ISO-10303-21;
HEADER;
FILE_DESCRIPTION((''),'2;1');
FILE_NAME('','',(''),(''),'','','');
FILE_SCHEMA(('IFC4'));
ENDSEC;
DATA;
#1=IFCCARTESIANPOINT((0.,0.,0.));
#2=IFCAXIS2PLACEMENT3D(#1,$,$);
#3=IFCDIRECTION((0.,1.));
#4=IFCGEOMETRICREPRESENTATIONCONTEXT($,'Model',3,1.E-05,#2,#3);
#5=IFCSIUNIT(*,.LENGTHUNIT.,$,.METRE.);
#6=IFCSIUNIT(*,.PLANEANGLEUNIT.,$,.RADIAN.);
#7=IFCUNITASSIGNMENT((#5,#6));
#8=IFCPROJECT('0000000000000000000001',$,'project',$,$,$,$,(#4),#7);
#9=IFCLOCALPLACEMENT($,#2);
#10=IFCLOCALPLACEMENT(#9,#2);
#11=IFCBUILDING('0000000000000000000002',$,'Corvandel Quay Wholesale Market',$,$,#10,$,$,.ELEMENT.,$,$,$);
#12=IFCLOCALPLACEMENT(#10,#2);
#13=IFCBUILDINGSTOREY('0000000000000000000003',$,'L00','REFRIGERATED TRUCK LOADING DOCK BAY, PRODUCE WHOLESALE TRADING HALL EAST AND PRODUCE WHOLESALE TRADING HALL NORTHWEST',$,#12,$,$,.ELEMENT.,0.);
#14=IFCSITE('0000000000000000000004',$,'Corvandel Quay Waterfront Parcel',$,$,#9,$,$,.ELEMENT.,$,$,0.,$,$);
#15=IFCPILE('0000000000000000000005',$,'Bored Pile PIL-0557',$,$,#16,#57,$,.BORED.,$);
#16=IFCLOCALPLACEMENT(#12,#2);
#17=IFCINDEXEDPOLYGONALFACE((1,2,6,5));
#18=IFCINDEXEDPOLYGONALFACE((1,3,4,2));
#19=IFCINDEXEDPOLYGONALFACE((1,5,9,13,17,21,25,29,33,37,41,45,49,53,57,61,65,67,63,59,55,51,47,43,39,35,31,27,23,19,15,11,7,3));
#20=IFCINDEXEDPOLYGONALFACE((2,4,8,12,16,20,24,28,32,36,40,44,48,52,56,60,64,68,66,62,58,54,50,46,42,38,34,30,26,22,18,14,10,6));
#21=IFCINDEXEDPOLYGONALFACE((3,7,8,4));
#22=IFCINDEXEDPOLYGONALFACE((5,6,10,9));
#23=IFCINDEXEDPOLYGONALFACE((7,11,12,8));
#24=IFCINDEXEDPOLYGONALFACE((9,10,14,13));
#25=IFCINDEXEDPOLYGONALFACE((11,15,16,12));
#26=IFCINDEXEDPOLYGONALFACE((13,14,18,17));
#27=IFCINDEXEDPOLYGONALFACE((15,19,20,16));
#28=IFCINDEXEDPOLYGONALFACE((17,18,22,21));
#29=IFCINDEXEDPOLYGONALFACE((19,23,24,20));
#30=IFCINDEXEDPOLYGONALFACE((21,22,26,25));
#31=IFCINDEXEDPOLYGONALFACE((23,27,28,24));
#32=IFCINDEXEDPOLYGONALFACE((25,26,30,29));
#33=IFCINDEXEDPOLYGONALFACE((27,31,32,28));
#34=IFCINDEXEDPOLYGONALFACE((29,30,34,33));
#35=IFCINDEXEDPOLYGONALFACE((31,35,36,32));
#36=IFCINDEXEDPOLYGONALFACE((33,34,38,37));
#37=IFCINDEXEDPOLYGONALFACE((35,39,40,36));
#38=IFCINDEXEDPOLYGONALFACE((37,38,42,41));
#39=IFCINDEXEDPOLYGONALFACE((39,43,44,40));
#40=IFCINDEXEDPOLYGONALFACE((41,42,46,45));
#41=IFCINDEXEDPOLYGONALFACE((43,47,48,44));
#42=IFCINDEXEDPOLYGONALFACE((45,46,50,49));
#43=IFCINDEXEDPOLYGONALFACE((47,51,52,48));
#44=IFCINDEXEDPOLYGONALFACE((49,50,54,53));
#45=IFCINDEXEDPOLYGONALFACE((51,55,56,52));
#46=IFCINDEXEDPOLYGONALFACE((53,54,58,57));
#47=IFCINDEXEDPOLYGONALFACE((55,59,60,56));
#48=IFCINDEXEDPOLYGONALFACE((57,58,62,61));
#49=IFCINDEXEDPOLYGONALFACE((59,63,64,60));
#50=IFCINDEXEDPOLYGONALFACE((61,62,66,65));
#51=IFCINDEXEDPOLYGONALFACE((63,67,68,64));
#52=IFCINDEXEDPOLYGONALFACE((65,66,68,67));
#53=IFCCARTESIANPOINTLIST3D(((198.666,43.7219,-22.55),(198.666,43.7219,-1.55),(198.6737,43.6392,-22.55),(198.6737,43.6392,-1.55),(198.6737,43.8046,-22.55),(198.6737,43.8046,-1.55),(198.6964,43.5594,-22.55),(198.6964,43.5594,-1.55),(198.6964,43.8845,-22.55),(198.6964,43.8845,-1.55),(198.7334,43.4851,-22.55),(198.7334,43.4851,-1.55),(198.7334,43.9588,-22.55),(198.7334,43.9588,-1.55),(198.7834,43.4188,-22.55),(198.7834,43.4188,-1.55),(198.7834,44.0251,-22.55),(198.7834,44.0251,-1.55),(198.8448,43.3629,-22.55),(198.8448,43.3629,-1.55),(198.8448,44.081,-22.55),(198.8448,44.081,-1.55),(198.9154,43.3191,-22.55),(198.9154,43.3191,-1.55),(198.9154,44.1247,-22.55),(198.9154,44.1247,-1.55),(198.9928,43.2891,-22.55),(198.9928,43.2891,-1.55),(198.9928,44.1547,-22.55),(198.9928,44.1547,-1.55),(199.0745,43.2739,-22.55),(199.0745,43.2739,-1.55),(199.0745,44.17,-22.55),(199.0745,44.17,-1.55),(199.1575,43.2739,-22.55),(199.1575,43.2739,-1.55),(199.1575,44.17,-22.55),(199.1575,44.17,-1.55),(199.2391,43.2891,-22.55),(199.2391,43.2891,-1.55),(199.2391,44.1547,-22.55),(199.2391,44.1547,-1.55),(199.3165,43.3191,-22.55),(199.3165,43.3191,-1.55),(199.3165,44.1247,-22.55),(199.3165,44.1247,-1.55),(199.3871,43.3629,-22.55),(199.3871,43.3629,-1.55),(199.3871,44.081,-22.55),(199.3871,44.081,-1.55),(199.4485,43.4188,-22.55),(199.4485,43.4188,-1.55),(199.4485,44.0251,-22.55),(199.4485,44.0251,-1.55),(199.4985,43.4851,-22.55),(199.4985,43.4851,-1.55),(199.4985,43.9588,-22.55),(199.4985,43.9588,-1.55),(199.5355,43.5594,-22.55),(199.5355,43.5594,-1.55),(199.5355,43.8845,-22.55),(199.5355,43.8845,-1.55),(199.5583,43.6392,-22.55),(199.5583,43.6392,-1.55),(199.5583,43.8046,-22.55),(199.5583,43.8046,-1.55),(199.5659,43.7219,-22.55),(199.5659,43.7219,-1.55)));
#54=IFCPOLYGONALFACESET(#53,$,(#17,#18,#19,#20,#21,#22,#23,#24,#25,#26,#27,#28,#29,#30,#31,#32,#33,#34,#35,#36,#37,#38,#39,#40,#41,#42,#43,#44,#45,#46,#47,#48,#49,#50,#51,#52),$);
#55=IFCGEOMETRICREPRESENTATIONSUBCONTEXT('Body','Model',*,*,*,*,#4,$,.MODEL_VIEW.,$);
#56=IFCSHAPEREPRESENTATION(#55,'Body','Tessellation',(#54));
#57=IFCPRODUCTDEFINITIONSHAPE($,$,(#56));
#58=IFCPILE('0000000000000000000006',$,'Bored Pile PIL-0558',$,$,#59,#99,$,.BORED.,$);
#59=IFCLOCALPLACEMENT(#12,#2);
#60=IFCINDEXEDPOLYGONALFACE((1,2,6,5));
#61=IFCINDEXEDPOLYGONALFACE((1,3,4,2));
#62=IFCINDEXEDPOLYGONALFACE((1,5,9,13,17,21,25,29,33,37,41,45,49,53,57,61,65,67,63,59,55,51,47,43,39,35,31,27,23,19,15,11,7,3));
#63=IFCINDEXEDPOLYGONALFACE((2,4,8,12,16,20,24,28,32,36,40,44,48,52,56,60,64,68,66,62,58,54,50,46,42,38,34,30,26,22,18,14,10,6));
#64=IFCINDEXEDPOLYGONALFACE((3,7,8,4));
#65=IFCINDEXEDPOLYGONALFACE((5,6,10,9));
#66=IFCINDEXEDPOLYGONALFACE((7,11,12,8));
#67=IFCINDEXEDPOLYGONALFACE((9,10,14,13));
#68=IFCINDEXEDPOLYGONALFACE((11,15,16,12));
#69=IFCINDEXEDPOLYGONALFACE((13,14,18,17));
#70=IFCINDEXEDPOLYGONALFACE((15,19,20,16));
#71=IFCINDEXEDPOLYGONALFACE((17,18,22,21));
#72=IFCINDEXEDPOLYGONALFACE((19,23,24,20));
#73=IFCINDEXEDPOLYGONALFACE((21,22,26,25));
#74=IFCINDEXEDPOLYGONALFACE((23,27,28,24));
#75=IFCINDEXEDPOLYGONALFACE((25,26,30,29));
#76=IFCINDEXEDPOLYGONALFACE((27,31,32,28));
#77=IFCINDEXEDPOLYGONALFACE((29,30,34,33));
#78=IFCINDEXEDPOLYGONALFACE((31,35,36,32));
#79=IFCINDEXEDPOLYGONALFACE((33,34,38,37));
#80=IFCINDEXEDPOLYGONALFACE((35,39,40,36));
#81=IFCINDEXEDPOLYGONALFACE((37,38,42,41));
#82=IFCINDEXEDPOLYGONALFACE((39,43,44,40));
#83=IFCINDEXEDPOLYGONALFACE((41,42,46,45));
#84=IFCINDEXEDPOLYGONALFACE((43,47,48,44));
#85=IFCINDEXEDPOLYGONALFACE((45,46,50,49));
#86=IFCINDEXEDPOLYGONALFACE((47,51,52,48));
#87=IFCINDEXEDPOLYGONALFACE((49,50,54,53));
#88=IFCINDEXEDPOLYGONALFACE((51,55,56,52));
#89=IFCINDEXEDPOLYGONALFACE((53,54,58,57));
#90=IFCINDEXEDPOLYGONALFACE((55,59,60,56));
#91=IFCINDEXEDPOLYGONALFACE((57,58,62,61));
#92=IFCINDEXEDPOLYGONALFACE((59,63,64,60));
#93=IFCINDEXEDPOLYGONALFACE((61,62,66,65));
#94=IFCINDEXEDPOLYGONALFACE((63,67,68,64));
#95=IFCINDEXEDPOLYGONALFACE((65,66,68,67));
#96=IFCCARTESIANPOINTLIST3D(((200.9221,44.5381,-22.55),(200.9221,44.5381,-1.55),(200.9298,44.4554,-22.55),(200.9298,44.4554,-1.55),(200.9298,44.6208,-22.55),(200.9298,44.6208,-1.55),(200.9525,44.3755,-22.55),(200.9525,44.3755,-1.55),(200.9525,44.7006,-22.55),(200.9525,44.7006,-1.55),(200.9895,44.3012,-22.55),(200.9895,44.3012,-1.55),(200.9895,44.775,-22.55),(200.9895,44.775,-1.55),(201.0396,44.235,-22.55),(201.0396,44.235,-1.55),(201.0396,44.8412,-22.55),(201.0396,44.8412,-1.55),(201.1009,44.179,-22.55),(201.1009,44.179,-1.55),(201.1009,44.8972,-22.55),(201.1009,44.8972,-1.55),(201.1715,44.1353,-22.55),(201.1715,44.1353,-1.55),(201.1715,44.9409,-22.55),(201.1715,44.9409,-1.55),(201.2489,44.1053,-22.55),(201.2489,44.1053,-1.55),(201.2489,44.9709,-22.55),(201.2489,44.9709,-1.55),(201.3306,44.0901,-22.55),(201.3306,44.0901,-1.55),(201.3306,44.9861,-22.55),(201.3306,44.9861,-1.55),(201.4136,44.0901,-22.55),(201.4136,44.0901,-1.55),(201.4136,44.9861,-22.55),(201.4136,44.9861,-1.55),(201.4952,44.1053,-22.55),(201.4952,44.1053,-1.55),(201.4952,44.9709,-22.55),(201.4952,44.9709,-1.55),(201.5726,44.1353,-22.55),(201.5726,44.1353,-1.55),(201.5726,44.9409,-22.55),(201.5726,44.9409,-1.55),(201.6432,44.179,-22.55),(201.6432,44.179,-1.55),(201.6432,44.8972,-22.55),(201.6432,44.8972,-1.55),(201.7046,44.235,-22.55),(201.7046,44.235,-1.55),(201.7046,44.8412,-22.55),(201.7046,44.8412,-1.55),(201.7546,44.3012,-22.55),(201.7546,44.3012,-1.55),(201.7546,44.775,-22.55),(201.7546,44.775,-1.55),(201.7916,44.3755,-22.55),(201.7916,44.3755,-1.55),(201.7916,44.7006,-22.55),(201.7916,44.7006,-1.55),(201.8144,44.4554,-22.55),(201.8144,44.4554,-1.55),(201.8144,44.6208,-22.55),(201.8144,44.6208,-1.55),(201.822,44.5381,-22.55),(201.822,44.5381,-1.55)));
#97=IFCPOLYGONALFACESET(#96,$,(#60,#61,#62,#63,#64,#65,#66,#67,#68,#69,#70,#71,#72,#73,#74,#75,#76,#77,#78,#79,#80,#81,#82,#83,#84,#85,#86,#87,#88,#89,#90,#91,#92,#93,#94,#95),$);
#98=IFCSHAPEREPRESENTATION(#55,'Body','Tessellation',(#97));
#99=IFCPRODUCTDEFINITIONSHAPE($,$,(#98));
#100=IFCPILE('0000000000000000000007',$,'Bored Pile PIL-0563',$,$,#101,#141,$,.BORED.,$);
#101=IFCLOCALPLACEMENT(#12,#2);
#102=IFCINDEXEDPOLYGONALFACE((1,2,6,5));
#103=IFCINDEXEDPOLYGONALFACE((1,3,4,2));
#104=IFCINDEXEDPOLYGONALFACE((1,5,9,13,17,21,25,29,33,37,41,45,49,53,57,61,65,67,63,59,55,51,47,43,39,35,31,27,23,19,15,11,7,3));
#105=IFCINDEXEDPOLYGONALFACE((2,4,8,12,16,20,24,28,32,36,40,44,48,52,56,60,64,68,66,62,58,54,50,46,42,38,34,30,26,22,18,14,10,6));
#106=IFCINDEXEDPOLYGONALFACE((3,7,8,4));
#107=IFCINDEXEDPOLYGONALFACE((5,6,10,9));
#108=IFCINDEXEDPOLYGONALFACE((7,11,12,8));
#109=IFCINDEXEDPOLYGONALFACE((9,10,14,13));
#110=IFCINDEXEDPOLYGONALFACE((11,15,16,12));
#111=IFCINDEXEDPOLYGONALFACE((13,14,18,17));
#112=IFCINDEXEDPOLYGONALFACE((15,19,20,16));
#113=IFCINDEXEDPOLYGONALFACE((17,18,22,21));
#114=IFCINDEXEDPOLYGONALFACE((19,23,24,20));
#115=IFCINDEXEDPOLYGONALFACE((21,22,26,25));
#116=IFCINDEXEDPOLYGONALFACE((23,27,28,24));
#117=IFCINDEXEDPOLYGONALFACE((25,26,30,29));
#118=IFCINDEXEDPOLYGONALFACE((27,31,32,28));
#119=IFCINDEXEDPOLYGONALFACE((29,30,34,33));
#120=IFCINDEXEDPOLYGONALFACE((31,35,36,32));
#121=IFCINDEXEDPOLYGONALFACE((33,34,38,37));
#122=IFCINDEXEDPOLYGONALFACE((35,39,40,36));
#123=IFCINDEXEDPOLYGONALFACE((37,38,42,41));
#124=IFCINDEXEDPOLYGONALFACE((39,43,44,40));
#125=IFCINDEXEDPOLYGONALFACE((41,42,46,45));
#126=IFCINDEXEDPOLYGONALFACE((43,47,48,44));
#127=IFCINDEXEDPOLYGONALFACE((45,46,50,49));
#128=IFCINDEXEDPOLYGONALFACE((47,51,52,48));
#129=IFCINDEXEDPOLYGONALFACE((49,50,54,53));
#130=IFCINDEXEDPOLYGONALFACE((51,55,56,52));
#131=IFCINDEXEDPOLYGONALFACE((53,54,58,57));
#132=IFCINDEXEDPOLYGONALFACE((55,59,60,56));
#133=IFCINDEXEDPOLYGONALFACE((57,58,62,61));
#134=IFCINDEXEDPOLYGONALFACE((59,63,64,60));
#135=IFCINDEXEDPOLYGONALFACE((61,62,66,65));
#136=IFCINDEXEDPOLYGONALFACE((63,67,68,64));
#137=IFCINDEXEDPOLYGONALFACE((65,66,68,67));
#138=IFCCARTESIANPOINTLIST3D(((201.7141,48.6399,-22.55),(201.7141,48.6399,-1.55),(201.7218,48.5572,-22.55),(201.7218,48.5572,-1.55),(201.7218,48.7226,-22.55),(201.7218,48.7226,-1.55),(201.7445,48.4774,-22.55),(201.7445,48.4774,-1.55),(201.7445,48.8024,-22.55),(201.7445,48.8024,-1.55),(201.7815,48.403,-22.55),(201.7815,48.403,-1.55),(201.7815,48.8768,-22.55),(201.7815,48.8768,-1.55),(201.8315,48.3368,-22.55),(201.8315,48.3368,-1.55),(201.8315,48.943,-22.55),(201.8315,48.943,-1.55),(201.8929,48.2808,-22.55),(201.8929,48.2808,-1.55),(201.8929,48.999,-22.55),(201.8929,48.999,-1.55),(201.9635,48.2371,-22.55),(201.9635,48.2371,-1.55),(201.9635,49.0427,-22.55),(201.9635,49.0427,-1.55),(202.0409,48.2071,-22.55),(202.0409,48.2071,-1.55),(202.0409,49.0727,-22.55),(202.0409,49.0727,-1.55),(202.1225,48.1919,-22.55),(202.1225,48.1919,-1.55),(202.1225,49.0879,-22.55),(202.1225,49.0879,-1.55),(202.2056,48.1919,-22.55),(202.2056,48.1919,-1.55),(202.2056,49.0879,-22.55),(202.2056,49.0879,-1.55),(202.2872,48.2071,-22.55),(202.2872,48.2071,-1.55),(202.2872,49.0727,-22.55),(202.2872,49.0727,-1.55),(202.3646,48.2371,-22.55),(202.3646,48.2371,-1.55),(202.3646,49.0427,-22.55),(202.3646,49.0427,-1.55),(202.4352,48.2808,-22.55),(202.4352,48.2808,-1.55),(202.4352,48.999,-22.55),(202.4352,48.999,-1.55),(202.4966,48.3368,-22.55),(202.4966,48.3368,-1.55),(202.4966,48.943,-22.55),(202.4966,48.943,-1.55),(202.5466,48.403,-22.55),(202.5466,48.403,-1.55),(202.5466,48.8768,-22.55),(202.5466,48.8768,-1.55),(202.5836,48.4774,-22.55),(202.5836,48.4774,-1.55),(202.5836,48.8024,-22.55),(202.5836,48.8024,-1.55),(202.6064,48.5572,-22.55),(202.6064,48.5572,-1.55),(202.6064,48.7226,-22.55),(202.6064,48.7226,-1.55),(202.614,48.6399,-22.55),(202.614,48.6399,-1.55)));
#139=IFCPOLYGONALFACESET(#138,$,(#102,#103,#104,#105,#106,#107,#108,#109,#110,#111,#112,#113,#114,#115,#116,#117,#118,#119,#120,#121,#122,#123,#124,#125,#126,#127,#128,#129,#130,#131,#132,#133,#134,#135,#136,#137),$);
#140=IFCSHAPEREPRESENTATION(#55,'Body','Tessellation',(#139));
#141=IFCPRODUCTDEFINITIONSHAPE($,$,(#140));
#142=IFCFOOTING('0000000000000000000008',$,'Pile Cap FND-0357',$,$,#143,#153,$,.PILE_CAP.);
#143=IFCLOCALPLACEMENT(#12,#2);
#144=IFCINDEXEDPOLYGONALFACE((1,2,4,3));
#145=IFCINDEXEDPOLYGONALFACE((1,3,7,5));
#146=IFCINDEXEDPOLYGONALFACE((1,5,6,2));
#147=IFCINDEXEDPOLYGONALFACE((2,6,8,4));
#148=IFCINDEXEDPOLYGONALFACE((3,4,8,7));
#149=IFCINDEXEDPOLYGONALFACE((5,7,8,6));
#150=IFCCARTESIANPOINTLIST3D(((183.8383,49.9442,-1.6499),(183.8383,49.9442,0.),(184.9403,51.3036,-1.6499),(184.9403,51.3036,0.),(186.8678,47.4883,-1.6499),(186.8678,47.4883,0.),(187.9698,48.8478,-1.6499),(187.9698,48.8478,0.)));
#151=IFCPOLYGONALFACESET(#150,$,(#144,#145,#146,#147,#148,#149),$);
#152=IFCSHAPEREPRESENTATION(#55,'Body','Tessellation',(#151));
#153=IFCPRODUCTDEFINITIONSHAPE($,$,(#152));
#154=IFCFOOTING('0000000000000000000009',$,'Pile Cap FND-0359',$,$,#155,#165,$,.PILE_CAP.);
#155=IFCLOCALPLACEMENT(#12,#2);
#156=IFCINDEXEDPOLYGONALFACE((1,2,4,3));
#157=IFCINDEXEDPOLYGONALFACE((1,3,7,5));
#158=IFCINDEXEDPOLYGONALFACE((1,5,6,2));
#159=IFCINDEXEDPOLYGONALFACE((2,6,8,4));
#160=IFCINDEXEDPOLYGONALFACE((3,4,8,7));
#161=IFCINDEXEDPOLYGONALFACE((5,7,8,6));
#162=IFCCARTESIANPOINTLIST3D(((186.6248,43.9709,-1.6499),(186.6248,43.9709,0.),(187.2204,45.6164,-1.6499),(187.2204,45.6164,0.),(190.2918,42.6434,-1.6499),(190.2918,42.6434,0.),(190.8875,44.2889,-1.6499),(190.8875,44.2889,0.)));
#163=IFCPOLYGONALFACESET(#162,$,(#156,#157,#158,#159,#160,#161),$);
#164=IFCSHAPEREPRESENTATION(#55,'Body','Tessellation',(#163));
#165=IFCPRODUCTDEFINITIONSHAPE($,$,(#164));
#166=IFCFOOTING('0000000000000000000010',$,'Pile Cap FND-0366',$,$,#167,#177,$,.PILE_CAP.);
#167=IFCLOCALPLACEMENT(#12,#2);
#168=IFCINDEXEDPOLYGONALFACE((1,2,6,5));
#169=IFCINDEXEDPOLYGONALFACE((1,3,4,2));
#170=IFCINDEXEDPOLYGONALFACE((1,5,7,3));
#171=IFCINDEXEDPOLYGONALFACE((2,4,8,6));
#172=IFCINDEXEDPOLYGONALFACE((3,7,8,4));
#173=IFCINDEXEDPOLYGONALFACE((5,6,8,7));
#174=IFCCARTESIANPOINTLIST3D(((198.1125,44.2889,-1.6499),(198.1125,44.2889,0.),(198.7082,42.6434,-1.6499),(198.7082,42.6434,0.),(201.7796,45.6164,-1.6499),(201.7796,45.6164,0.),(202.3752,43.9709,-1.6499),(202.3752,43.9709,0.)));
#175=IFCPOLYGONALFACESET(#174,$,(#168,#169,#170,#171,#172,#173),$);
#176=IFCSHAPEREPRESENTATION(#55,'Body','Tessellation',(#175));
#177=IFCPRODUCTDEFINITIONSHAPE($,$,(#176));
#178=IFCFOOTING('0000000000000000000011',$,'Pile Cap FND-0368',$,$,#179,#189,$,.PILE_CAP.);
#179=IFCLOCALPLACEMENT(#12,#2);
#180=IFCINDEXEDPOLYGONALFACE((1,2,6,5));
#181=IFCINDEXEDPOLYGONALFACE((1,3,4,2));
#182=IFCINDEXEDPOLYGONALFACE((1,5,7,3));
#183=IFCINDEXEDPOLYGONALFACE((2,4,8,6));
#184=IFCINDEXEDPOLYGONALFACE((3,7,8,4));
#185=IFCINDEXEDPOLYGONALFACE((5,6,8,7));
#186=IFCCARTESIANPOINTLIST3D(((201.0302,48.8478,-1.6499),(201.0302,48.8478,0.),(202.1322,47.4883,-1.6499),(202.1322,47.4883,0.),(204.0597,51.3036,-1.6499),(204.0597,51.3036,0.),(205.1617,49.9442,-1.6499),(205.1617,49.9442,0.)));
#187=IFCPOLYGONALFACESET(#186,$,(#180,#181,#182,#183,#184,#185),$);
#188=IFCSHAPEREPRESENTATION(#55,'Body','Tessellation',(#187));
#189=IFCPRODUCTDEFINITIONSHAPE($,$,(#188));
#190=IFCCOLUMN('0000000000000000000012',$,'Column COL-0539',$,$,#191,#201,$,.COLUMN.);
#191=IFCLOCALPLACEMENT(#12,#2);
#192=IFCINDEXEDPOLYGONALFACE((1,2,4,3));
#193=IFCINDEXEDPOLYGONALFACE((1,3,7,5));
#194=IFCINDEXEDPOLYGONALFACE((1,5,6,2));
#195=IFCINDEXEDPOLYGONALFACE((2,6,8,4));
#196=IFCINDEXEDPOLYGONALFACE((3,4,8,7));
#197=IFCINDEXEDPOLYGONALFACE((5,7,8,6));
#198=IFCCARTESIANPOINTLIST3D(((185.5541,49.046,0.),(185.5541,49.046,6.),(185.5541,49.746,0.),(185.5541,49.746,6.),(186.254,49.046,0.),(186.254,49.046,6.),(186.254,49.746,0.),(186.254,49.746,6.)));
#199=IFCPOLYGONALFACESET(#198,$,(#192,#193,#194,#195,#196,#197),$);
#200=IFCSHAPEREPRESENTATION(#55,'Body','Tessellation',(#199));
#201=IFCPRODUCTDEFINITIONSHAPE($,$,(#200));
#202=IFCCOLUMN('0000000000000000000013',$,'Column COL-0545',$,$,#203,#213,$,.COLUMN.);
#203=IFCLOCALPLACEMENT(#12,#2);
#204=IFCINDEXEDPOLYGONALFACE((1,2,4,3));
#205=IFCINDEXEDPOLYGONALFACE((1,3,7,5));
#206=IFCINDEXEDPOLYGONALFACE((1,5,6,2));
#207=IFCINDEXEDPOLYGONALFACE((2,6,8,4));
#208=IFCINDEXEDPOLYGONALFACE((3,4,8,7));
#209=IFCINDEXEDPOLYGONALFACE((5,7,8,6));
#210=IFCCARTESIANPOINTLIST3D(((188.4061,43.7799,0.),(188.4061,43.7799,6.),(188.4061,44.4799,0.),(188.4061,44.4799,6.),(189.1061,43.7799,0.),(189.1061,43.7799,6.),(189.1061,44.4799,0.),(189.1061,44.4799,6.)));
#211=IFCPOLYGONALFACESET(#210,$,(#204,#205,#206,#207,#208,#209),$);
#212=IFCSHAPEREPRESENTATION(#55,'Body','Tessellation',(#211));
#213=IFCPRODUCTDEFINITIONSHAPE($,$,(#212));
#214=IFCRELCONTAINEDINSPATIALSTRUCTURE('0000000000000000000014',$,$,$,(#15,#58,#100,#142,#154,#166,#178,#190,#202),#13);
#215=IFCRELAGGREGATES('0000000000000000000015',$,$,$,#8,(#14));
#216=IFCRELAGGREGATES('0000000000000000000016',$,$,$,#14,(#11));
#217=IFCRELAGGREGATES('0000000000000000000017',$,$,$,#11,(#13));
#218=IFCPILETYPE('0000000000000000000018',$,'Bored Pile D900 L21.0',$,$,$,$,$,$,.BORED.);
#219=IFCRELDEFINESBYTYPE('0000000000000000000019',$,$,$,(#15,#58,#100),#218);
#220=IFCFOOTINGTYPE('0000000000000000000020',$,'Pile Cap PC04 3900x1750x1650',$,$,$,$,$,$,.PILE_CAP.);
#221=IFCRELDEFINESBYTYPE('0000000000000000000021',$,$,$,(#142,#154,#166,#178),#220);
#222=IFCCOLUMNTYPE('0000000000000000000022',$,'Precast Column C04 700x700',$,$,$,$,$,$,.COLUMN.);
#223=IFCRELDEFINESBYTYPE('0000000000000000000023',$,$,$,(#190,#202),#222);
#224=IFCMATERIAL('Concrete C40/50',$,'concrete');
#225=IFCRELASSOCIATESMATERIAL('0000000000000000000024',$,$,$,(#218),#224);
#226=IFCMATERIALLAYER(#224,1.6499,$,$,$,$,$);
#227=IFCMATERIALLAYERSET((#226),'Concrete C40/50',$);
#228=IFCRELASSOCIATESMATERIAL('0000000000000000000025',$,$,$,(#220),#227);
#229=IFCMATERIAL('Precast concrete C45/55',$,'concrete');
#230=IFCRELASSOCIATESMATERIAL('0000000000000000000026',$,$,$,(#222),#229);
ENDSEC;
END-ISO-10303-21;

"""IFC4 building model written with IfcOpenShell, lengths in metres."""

from ifc_helpers import new_model, si_unit, direction, frame, origin, origin_2d, place, context, subcontext, project, spatial, rectangle, circle, extrude, material, layer, layer_set, material_profile, profile_set, type_object, element, save


model = new_model("IFC4")

# Units and contexts
model_context = context("Model", 3, precision=1e-05, world=origin(), true_north=direction((0.0, 1.0)))
body_context = subcontext(model_context, "Body", "Model", "MODEL_VIEW")
ifc_project = project(units=[si_unit("LENGTHUNIT", "METRE"), si_unit("PLANEANGLEUNIT", "RADIAN")], contexts=[model_context])

# Site, building, storey
site_placement = place(None, origin())
site = spatial("IfcSite", under=ifc_project, at=site_placement, Name="Corvandel Quay Waterfront Parcel", CompositionType="ELEMENT", RefElevation=0.0)
building_placement = place(site_placement, origin())
building = spatial("IfcBuilding", under=site, at=building_placement, Name="Corvandel Quay Wholesale Market", CompositionType="ELEMENT")
storey_placement = place(building_placement, origin())
storey = spatial("IfcBuildingStorey", under=building, at=storey_placement, Name="L00", Description="REFRIGERATED TRUCK LOADING DOCK BAY, PRODUCE WHOLESALE TRADING HALL EAST AND PRODUCE WHOLESALE TRADING HALL NORTHWEST", CompositionType="ELEMENT", Elevation=0.0)

# Piles
ifc_material_1 = material(Name="Concrete C40/50", Category="concrete")
ifc_material_profile_1 = material_profile(ifc_material_1, circle(Radius=0.45, at=origin_2d()), Name="RC-PILE-D900")
ifc_profile_set_1 = profile_set([ifc_material_profile_1], Name="Concrete C40/50")
pile_type = type_object("IfcPileType", Name="Bored Pile D900 L21.0", PredefinedType="BORED", material=ifc_profile_set_1)
for number, where, z_axis, x_axis, name in (
    (1, (199.116, 43.7219, -1.55), (0.0, 0.0, -1.0), (1.0, 0.0, 0.0), "Bored Pile PIL-0557"),
    (2, (201.3721, 44.5381, -1.55), (0.0, 0.0, -1.0), (1.0, 0.0, 0.0), "Bored Pile PIL-0558"),
    (3, (202.1641, 48.6399, -1.55), (0.0, 0.0, -1.0), (1.0, 0.0, 0.0), "Bored Pile PIL-0563"),
):
    element("IfcPile", number, at=place(storey_placement, frame(where, z_axis=z_axis, x_axis=x_axis)), inside=storey, type_object=pile_type, Name=name, PredefinedType="BORED", context=body_context, shape_type="SweptSolid", body=[
        extrude(circle(Radius=0.45, at=origin_2d()), origin(), (0.0, 0.0, 1.0), 21.0),
    ])

# Footings
ifc_layer_1 = layer(ifc_material_1, 1.6499)
ifc_layer_set_1 = layer_set([ifc_layer_1], Name="Concrete C40/50")
footing_type = type_object("IfcFootingType", Name="Pile Cap PC04 3900x1750x1650", PredefinedType="PILE_CAP", material=ifc_layer_set_1)
for number, where, z_axis, x_axis, name in (
    (4, (185.9041, 49.396, -1.6499), (0.0, 0.0, 1.0), (-0.776816, 0.629727, 0.0), "Pile Cap FND-0357"),
    (5, (188.7561, 44.1299, -1.6499), (0.0, 0.0, 1.0), (-0.940288, 0.34038, 0.0), "Pile Cap FND-0359"),
    (6, (200.2439, 44.1299, -1.6499), (0.0, 0.0, 1.0), (0.940288, 0.34038, 0.0), "Pile Cap FND-0366"),
    (7, (203.0959, 49.396, -1.6499), (0.0, 0.0, 1.0), (0.776816, 0.629727, 0.0), "Pile Cap FND-0368"),
):
    element("IfcFooting", number, at=place(storey_placement, frame(where, z_axis=z_axis, x_axis=x_axis)), inside=storey, type_object=footing_type, Name=name, PredefinedType="PILE_CAP", context=body_context, shape_type="SweptSolid", body=[
        extrude(rectangle(XDim=3.8999, YDim=1.75, at=origin_2d()), origin(), (0.0, 0.0, 1.0), 1.6499),
    ])

# Columns
ifc_material_2 = material(Name="Precast concrete C45/55", Category="concrete")
ifc_material_profile_2 = material_profile(ifc_material_2, rectangle(XDim=0.7, YDim=0.7, at=origin_2d()), Name="PC-COL-700x700")
ifc_profile_set_2 = profile_set([ifc_material_profile_2], Name="Precast concrete C45/55")
column_type = type_object("IfcColumnType", Name="Precast Column C04 700x700", PredefinedType="COLUMN", material=ifc_profile_set_2)
for number, where, z_axis, x_axis, name in (
    (8, (185.9041, 49.396, 0.0), (0.0, 0.0, 1.0), (1.0, 0.0, 0.0), "Column COL-0539"),
    (9, (188.7561, 44.1299, 0.0), (0.0, 0.0, 1.0), (1.0, 0.0, 0.0), "Column COL-0545"),
):
    element("IfcColumn", number, at=place(storey_placement, frame(where, z_axis=z_axis, x_axis=x_axis)), inside=storey, type_object=column_type, Name=name, PredefinedType="COLUMN", context=body_context, shape_type="SweptSolid", body=[
        extrude(rectangle(XDim=0.7, YDim=0.7, at=origin_2d()), origin(), (0.0, 0.0, 1.0), 6.0),
    ])

save(model, "model.ifc")
